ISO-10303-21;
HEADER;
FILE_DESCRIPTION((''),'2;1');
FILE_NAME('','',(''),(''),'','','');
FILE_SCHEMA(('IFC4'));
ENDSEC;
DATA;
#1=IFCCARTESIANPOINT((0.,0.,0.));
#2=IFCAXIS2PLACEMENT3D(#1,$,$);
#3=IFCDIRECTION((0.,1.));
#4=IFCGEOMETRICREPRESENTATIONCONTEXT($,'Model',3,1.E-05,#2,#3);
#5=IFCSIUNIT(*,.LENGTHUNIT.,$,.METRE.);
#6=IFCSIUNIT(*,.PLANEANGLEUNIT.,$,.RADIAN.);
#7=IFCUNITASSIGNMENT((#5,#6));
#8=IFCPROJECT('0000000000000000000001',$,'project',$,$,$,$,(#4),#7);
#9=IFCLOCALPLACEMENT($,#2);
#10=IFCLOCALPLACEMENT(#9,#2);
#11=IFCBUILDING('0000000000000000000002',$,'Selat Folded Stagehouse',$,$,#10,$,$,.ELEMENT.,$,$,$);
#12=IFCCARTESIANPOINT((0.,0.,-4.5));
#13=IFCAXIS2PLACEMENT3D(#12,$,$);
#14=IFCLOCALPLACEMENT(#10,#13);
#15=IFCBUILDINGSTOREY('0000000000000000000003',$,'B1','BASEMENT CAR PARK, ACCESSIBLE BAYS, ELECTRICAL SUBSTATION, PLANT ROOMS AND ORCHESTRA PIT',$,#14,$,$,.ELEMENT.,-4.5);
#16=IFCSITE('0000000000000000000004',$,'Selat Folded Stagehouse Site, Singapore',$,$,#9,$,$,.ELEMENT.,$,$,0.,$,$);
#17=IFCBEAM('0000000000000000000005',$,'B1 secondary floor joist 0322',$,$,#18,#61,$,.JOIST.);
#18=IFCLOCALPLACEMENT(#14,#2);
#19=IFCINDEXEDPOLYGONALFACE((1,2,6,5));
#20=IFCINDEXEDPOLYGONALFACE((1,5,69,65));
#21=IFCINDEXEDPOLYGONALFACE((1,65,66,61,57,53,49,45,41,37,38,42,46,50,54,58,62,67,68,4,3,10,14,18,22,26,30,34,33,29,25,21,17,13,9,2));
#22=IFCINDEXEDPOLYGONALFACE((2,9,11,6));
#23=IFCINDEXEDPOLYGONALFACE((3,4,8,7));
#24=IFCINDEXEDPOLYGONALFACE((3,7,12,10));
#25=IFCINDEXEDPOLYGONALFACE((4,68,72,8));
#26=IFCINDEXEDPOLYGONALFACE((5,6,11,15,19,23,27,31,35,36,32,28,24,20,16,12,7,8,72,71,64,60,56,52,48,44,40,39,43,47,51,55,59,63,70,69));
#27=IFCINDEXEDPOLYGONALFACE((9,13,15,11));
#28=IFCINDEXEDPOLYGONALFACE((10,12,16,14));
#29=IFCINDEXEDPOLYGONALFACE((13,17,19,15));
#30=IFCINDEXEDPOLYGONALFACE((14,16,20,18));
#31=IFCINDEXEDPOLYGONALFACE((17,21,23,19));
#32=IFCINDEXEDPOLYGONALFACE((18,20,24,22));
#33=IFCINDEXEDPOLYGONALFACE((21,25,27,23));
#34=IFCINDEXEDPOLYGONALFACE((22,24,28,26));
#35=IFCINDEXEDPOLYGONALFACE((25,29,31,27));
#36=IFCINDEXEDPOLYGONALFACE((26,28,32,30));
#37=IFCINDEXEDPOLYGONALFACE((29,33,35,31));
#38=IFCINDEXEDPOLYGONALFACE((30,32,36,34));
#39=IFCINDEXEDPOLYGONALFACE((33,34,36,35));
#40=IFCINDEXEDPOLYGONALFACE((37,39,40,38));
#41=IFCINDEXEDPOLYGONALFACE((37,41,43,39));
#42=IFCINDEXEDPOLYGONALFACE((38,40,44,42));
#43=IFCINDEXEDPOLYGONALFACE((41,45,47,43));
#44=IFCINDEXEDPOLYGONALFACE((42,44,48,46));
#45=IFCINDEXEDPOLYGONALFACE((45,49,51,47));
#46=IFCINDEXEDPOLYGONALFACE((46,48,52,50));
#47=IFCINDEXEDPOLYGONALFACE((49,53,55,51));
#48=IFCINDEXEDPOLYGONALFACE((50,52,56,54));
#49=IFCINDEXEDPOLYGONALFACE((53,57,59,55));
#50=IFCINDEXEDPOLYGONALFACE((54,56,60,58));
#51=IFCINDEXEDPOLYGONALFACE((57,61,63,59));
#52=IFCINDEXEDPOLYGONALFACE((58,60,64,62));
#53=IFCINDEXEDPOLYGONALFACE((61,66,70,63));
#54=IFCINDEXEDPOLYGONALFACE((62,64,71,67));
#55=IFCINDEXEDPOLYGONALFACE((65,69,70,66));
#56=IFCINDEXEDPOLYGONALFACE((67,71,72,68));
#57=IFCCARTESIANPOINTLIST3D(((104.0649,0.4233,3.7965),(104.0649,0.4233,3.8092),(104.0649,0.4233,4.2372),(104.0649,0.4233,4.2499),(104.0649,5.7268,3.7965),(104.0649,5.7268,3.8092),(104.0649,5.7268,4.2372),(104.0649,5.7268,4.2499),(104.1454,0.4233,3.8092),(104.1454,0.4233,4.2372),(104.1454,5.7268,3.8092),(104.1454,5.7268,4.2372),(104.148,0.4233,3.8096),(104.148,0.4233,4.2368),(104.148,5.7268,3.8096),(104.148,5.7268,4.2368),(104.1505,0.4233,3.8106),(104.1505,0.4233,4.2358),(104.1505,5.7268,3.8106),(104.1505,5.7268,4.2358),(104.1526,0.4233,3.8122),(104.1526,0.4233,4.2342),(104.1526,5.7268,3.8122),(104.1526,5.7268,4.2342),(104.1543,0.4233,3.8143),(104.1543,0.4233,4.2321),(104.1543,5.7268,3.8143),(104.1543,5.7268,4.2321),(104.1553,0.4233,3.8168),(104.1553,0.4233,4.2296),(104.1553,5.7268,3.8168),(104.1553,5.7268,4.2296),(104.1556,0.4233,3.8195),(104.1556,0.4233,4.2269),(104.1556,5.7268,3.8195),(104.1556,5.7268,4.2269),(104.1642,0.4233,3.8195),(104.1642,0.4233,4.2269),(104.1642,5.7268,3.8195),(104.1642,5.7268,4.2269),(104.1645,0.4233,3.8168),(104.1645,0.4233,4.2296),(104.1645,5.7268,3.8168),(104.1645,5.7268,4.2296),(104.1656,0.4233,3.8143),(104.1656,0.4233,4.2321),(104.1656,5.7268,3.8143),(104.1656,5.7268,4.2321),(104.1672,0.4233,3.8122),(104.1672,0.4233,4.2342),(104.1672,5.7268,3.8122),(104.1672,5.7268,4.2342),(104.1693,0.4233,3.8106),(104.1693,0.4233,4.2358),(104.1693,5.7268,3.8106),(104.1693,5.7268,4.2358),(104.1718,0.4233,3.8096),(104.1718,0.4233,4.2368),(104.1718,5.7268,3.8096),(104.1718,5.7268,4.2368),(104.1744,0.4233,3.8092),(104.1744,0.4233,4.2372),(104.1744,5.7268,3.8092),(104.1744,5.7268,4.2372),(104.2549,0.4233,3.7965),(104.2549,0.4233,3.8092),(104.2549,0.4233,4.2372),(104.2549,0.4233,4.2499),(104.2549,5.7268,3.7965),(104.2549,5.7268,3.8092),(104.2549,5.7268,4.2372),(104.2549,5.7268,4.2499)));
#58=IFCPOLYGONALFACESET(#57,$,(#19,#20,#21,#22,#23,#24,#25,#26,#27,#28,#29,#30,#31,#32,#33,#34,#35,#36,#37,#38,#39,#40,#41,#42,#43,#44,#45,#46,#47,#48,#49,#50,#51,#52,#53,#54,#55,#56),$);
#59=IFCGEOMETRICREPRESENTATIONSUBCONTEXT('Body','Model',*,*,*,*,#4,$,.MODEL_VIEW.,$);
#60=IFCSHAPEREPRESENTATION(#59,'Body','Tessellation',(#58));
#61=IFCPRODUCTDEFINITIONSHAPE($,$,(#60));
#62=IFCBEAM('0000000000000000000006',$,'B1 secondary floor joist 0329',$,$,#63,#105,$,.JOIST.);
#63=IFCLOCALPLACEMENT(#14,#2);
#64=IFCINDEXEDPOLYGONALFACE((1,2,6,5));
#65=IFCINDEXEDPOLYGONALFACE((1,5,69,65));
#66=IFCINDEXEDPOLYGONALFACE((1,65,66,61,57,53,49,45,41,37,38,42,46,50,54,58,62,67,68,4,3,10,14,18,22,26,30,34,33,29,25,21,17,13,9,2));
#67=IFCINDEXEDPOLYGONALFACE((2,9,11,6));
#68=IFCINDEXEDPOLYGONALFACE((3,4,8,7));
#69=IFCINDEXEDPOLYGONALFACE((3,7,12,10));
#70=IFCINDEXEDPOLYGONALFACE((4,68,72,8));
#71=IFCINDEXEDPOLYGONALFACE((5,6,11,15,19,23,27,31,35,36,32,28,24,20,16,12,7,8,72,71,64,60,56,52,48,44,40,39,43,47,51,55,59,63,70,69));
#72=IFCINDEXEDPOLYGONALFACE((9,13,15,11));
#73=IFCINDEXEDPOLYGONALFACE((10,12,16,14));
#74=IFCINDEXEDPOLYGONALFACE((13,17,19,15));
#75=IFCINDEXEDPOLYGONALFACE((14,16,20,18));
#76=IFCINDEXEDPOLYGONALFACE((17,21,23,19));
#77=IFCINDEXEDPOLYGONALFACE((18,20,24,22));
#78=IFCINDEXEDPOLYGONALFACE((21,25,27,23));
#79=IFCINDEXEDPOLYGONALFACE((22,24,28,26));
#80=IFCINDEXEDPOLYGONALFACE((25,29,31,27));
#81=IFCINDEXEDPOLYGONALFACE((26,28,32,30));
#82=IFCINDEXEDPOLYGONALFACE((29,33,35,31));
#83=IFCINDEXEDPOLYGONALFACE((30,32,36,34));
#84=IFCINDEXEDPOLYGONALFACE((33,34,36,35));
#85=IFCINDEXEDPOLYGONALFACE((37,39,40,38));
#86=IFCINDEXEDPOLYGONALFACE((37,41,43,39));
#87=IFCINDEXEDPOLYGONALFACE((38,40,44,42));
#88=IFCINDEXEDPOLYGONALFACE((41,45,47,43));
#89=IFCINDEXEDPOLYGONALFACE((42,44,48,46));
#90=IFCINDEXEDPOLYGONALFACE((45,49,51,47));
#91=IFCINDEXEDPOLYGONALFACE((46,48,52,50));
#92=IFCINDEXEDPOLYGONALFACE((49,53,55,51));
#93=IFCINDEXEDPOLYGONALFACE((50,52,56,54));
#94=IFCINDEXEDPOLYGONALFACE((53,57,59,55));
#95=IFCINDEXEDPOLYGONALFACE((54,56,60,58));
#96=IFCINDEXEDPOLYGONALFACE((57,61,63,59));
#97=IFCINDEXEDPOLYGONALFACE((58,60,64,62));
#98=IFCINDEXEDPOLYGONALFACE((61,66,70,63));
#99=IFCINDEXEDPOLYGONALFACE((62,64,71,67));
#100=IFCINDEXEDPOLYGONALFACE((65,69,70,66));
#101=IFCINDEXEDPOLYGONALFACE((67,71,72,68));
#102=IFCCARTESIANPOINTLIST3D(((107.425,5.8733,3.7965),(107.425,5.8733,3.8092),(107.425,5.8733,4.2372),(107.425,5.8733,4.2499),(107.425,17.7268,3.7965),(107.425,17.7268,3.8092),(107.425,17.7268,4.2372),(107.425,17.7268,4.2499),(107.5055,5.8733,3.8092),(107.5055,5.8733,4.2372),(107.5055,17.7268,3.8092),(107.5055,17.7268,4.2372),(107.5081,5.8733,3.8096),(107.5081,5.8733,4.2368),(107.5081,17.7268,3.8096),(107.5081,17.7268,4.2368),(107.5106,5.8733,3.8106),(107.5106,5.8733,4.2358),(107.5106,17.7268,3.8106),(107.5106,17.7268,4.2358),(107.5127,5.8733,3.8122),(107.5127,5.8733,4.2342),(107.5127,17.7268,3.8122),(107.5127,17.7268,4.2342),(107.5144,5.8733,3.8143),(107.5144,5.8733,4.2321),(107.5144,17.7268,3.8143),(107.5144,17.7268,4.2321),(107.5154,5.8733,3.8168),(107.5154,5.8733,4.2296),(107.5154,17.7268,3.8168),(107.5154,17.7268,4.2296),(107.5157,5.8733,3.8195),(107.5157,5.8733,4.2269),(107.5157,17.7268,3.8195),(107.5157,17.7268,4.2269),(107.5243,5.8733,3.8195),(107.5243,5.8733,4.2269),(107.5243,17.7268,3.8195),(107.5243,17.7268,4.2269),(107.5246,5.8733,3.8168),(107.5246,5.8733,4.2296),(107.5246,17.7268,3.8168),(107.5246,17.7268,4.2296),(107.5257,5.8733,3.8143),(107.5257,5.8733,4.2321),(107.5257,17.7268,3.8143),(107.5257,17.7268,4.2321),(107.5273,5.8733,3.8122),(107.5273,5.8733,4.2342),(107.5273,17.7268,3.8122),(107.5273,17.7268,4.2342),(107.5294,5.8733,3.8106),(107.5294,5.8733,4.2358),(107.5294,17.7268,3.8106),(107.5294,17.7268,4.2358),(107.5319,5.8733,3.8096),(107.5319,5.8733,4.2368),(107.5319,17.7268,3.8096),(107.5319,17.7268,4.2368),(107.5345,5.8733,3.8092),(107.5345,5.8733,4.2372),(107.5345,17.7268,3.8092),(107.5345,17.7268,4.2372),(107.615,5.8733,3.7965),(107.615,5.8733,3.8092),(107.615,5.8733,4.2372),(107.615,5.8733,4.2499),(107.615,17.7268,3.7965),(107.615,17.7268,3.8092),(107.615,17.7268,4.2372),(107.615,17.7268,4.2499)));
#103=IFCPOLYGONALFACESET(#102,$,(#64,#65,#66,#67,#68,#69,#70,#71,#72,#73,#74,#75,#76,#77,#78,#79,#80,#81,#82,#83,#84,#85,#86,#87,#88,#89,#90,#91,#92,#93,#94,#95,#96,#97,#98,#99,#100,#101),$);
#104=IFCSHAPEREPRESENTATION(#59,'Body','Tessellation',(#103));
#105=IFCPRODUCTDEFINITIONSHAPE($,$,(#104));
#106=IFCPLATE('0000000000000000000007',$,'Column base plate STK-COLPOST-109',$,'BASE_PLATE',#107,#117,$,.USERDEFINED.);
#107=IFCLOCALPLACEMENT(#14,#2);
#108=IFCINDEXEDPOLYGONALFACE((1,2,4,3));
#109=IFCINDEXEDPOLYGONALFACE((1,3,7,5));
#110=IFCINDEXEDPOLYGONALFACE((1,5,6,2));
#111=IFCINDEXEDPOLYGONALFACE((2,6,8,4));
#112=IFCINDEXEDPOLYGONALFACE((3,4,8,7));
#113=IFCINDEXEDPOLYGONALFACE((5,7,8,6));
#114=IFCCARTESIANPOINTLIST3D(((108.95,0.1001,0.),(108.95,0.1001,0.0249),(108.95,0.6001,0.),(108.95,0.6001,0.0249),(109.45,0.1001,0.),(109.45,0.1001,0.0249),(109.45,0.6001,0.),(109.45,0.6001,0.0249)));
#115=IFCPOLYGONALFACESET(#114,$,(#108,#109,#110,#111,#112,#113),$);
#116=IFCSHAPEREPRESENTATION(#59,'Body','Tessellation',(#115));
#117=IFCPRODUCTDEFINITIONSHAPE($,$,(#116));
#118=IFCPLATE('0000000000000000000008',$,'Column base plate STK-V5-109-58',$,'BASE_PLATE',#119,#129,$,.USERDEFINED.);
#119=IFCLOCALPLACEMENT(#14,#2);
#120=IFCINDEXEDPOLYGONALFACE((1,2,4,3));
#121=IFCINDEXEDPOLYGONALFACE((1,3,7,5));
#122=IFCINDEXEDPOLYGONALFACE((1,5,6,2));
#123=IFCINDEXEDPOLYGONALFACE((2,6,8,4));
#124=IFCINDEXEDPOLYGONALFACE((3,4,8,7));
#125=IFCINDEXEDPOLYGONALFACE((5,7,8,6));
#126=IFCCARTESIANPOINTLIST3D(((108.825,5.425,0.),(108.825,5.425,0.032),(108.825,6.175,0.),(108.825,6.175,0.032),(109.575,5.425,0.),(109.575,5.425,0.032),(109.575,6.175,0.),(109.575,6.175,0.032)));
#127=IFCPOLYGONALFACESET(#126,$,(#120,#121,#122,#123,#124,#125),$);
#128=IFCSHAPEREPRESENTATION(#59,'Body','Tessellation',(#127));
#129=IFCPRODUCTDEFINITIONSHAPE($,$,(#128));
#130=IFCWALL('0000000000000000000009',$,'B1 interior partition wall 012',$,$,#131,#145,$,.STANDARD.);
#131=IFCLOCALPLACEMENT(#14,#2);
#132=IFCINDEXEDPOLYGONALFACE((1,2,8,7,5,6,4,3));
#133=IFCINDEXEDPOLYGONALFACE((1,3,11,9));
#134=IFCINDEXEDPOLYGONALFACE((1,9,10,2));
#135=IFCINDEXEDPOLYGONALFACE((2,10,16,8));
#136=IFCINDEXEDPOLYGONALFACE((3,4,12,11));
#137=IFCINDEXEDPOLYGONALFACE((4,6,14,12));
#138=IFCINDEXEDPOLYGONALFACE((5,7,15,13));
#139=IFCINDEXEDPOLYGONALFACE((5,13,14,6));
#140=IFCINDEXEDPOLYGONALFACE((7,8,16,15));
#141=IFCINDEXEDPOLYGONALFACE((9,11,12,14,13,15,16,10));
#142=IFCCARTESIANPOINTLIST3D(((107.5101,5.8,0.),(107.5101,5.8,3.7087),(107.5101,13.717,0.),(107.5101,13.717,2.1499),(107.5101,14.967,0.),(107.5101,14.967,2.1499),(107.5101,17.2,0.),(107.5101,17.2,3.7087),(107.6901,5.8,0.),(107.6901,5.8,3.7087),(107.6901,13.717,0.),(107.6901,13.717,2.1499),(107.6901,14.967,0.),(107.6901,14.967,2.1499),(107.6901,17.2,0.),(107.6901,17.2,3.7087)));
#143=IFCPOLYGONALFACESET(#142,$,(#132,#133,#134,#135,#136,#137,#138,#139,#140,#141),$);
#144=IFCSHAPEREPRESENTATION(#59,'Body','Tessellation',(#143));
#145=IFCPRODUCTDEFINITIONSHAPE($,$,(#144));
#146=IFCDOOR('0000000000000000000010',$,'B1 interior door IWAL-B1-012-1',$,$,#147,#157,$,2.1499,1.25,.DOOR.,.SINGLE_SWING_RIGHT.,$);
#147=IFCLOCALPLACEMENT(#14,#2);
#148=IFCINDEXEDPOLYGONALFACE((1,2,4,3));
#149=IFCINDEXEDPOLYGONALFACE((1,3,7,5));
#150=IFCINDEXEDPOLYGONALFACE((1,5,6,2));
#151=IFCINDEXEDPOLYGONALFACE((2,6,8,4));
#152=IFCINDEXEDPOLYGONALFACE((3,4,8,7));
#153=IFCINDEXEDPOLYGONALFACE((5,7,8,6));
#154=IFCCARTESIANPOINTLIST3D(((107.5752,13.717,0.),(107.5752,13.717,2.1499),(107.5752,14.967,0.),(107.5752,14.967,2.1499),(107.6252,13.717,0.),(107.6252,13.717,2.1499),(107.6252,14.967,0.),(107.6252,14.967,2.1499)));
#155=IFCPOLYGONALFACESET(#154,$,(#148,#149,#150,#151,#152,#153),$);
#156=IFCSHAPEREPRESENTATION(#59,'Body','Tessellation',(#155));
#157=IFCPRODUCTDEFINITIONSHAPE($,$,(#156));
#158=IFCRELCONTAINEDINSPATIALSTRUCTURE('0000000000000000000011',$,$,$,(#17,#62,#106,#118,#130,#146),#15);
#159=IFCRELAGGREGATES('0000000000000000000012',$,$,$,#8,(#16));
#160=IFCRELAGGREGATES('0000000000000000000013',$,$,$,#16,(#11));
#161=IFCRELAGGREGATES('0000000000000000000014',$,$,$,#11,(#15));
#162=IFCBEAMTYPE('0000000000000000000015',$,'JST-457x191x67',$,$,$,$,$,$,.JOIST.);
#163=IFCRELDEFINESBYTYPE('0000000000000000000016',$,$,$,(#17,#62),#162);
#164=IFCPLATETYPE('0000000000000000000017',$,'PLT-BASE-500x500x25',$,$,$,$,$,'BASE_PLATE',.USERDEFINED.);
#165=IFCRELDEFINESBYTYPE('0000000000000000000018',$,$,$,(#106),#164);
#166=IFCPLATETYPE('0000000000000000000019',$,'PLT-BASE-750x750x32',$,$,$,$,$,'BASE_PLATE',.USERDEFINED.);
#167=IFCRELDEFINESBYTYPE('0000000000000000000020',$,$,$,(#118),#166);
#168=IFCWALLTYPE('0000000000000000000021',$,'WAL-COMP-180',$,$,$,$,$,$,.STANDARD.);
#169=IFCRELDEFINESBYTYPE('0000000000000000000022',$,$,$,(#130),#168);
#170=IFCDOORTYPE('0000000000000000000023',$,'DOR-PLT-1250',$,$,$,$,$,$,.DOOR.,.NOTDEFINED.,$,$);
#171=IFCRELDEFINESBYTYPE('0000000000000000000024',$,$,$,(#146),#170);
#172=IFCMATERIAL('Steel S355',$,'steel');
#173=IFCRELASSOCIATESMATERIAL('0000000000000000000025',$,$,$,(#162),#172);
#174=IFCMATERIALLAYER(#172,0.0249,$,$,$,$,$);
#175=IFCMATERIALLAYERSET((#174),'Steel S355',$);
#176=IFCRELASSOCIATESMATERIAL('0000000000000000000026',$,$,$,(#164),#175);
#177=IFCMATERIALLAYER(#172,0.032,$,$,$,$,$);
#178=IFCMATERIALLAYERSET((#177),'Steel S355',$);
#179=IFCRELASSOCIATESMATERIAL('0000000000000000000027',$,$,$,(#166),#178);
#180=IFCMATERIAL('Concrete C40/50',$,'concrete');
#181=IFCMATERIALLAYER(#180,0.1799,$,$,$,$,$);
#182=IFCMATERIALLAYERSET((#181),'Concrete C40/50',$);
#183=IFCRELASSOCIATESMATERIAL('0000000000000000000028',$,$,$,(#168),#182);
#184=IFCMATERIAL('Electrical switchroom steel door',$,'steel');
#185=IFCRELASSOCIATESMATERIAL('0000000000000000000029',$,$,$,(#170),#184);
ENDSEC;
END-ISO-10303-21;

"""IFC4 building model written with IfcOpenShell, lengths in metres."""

from ifc_helpers import new_model, si_unit, direction, frame, frame_2d, origin, origin_2d, place, context, subcontext, project, spatial, rectangle, i_section, extrude, material, layer, layer_set, material_profile, profile_set, type_object, element, fill, save


model = new_model("IFC4")

# Units and contexts
model_context = context("Model", 3, precision=1e-05, world=origin(), true_north=direction((0.0, 1.0)))
body_context = subcontext(model_context, "Body", "Model", "MODEL_VIEW")
ifc_project = project(units=[si_unit("LENGTHUNIT", "METRE"), si_unit("PLANEANGLEUNIT", "RADIAN")], contexts=[model_context])

# Site, building, storey
site_placement = place(None, origin())
site = spatial("IfcSite", under=ifc_project, at=site_placement, Name="Selat Folded Stagehouse Site, Singapore", CompositionType="ELEMENT", RefElevation=0.0)
building_placement = place(site_placement, origin())
building = spatial("IfcBuilding", under=site, at=building_placement, Name="Selat Folded Stagehouse", CompositionType="ELEMENT")
storey_placement = place(building_placement, frame((0.0, 0.0, -4.5)))
storey = spatial("IfcBuildingStorey", under=building, at=storey_placement, Name="B1", Description="BASEMENT CAR PARK, ACCESSIBLE BAYS, ELECTRICAL SUBSTATION, PLANT ROOMS AND ORCHESTRA PIT", CompositionType="ELEMENT", Elevation=-4.5)

# Shared definitions
ifc_material_1 = material(Name="Concrete C40/50", Category="concrete")

# Shared definitions
ifc_material_2 = material(Name="Steel S355", Category="steel")

# Beams
ifc_material_profile_1 = material_profile(ifc_material_2, i_section(OverallWidth=0.1899, OverallDepth=0.4534, WebThickness=0.0085, FlangeThickness=0.0127, FilletRadius=0.0103, at=origin_2d()), Name="UKB 457x191x67")
ifc_profile_set_1 = profile_set([ifc_material_profile_1], Name="Steel S355")
beam_type_1 = type_object("IfcBeamType", Name="JST-457x191x67", PredefinedType="JOIST", material=ifc_profile_set_1)
beam_1_placement = place(storey_placement, frame((104.1599, 0.4233, 4.0232), z_axis=(0.0, 1.0, 0.0), x_axis=(-1.0, 0.0, 0.0)))
element("IfcBeam", 1, at=beam_1_placement, inside=storey, type_object=beam_type_1, Name="B1 secondary floor joist 0322", PredefinedType="JOIST", context=body_context, shape_type="SweptSolid", body=[
    extrude(i_section(OverallWidth=0.1899, OverallDepth=0.4534, WebThickness=0.0085, FlangeThickness=0.0127, FilletRadius=0.0103, at=origin_2d()), origin(), (0.0, 0.0, 1.0), 5.3035),
])
beam_2_placement = place(storey_placement, frame((107.52, 5.8733, 4.0232), z_axis=(0.0, 1.0, 0.0), x_axis=(-1.0, 0.0, 0.0)))
element("IfcBeam", 2, at=beam_2_placement, inside=storey, type_object=beam_type_1, Name="B1 secondary floor joist 0329", PredefinedType="JOIST", context=body_context, shape_type="SweptSolid", body=[
    extrude(i_section(OverallWidth=0.1899, OverallDepth=0.4534, WebThickness=0.0085, FlangeThickness=0.0127, FilletRadius=0.0103, at=origin_2d()), origin(), (0.0, 0.0, 1.0), 11.8535),
])

# Plates
ifc_layer_1 = layer(ifc_material_2, 0.0249)
ifc_layer_set_1 = layer_set([ifc_layer_1], Name="Steel S355")
plate_type_1 = type_object("IfcPlateType", Name="PLT-BASE-500x500x25", ElementType="BASE_PLATE", PredefinedType="USERDEFINED", material=ifc_layer_set_1)
plate_1_placement = place(storey_placement, frame((109.2, 0.3501, 0.0), z_axis=(0.0, 0.0, 1.0), x_axis=(1.0, 0.0, 0.0)))
element("IfcPlate", 3, at=plate_1_placement, inside=storey, type_object=plate_type_1, Name="Column base plate STK-COLPOST-109", ObjectType="BASE_PLATE", PredefinedType="USERDEFINED", context=body_context, shape_type="SweptSolid", body=[
    extrude(rectangle(XDim=0.5, YDim=0.5, at=origin_2d()), origin(), (0.0, 0.0, 1.0), 0.0249),
])
ifc_layer_2 = layer(ifc_material_2, 0.032)
ifc_layer_set_2 = layer_set([ifc_layer_2], Name="Steel S355")
plate_type_2 = type_object("IfcPlateType", Name="PLT-BASE-750x750x32", ElementType="BASE_PLATE", PredefinedType="USERDEFINED", material=ifc_layer_set_2)
plate_2_placement = place(storey_placement, frame((109.2, 5.8, 0.0), z_axis=(0.0, 0.0, 1.0), x_axis=(1.0, 0.0, 0.0)))
element("IfcPlate", 4, at=plate_2_placement, inside=storey, type_object=plate_type_2, Name="Column base plate STK-V5-109-58", ObjectType="BASE_PLATE", PredefinedType="USERDEFINED", context=body_context, shape_type="SweptSolid", body=[
    extrude(rectangle(XDim=0.75, YDim=0.75, at=origin_2d()), origin(), (0.0, 0.0, 1.0), 0.032),
])

# Wall, opening, door
ifc_layer_3 = layer(ifc_material_1, 0.1799)
ifc_layer_set_3 = layer_set([ifc_layer_3], Name="Concrete C40/50")
wall_type = type_object("IfcWallType", Name="WAL-COMP-180", PredefinedType="STANDARD", material=ifc_layer_set_3)
wall_placement = place(storey_placement, frame((107.6001, 5.8, 0.0), z_axis=(0.0, 0.0, 1.0), x_axis=(0.0, 1.0, 0.0)))
wall = element("IfcWall", 5, at=wall_placement, inside=storey, type_object=wall_type, Name="B1 interior partition wall 012", PredefinedType="STANDARD", context=body_context, shape_type="SweptSolid", body=[
    extrude(rectangle(XDim=11.3999, YDim=0.1799, at=frame_2d((5.7, 0.0))), origin(), (0.0, 0.0, 1.0), 3.7087),
])
opening_placement = place(wall_placement, frame((7.917, 0.0, 0.0)))
opening = element("IfcOpeningElement", 6, at=opening_placement, cuts=wall, PredefinedType="OPENING", context=body_context, shape_type="SweptSolid", body=[
    extrude(rectangle(XDim=1.25, YDim=2.1499, at=frame_2d((0.625, 1.075))), frame((0.0, 0.0999, 0.0), z_axis=(0.0, -1.0, 0.0), x_axis=(1.0, 0.0, 0.0)), (0.0, 0.0, 1.0), 0.2),
])
ifc_material_3 = material(Name="Electrical switchroom steel door", Category="steel")
door_type = type_object("IfcDoorType", Name="DOR-PLT-1250", OperationType="NOTDEFINED", PredefinedType="DOOR", material=ifc_material_3)
door_placement = place(opening_placement, origin())
door = element("IfcDoor", 7, at=door_placement, inside=storey, type_object=door_type, Name="B1 interior door IWAL-B1-012-1", OperationType="SINGLE_SWING_RIGHT", OverallHeight=2.1499, OverallWidth=1.25, PredefinedType="DOOR", context=body_context, shape_type="SweptSolid", body=[
    extrude(rectangle(XDim=1.25, YDim=2.1499, at=frame_2d((0.625, 1.075))), frame((0.0, 0.0249, 0.0), z_axis=(0.0, -1.0, 0.0), x_axis=(1.0, 0.0, 0.0)), (0.0, 0.0, 1.0), 0.05),
])
fill(opening, door)

save(model, "model.ifc")
